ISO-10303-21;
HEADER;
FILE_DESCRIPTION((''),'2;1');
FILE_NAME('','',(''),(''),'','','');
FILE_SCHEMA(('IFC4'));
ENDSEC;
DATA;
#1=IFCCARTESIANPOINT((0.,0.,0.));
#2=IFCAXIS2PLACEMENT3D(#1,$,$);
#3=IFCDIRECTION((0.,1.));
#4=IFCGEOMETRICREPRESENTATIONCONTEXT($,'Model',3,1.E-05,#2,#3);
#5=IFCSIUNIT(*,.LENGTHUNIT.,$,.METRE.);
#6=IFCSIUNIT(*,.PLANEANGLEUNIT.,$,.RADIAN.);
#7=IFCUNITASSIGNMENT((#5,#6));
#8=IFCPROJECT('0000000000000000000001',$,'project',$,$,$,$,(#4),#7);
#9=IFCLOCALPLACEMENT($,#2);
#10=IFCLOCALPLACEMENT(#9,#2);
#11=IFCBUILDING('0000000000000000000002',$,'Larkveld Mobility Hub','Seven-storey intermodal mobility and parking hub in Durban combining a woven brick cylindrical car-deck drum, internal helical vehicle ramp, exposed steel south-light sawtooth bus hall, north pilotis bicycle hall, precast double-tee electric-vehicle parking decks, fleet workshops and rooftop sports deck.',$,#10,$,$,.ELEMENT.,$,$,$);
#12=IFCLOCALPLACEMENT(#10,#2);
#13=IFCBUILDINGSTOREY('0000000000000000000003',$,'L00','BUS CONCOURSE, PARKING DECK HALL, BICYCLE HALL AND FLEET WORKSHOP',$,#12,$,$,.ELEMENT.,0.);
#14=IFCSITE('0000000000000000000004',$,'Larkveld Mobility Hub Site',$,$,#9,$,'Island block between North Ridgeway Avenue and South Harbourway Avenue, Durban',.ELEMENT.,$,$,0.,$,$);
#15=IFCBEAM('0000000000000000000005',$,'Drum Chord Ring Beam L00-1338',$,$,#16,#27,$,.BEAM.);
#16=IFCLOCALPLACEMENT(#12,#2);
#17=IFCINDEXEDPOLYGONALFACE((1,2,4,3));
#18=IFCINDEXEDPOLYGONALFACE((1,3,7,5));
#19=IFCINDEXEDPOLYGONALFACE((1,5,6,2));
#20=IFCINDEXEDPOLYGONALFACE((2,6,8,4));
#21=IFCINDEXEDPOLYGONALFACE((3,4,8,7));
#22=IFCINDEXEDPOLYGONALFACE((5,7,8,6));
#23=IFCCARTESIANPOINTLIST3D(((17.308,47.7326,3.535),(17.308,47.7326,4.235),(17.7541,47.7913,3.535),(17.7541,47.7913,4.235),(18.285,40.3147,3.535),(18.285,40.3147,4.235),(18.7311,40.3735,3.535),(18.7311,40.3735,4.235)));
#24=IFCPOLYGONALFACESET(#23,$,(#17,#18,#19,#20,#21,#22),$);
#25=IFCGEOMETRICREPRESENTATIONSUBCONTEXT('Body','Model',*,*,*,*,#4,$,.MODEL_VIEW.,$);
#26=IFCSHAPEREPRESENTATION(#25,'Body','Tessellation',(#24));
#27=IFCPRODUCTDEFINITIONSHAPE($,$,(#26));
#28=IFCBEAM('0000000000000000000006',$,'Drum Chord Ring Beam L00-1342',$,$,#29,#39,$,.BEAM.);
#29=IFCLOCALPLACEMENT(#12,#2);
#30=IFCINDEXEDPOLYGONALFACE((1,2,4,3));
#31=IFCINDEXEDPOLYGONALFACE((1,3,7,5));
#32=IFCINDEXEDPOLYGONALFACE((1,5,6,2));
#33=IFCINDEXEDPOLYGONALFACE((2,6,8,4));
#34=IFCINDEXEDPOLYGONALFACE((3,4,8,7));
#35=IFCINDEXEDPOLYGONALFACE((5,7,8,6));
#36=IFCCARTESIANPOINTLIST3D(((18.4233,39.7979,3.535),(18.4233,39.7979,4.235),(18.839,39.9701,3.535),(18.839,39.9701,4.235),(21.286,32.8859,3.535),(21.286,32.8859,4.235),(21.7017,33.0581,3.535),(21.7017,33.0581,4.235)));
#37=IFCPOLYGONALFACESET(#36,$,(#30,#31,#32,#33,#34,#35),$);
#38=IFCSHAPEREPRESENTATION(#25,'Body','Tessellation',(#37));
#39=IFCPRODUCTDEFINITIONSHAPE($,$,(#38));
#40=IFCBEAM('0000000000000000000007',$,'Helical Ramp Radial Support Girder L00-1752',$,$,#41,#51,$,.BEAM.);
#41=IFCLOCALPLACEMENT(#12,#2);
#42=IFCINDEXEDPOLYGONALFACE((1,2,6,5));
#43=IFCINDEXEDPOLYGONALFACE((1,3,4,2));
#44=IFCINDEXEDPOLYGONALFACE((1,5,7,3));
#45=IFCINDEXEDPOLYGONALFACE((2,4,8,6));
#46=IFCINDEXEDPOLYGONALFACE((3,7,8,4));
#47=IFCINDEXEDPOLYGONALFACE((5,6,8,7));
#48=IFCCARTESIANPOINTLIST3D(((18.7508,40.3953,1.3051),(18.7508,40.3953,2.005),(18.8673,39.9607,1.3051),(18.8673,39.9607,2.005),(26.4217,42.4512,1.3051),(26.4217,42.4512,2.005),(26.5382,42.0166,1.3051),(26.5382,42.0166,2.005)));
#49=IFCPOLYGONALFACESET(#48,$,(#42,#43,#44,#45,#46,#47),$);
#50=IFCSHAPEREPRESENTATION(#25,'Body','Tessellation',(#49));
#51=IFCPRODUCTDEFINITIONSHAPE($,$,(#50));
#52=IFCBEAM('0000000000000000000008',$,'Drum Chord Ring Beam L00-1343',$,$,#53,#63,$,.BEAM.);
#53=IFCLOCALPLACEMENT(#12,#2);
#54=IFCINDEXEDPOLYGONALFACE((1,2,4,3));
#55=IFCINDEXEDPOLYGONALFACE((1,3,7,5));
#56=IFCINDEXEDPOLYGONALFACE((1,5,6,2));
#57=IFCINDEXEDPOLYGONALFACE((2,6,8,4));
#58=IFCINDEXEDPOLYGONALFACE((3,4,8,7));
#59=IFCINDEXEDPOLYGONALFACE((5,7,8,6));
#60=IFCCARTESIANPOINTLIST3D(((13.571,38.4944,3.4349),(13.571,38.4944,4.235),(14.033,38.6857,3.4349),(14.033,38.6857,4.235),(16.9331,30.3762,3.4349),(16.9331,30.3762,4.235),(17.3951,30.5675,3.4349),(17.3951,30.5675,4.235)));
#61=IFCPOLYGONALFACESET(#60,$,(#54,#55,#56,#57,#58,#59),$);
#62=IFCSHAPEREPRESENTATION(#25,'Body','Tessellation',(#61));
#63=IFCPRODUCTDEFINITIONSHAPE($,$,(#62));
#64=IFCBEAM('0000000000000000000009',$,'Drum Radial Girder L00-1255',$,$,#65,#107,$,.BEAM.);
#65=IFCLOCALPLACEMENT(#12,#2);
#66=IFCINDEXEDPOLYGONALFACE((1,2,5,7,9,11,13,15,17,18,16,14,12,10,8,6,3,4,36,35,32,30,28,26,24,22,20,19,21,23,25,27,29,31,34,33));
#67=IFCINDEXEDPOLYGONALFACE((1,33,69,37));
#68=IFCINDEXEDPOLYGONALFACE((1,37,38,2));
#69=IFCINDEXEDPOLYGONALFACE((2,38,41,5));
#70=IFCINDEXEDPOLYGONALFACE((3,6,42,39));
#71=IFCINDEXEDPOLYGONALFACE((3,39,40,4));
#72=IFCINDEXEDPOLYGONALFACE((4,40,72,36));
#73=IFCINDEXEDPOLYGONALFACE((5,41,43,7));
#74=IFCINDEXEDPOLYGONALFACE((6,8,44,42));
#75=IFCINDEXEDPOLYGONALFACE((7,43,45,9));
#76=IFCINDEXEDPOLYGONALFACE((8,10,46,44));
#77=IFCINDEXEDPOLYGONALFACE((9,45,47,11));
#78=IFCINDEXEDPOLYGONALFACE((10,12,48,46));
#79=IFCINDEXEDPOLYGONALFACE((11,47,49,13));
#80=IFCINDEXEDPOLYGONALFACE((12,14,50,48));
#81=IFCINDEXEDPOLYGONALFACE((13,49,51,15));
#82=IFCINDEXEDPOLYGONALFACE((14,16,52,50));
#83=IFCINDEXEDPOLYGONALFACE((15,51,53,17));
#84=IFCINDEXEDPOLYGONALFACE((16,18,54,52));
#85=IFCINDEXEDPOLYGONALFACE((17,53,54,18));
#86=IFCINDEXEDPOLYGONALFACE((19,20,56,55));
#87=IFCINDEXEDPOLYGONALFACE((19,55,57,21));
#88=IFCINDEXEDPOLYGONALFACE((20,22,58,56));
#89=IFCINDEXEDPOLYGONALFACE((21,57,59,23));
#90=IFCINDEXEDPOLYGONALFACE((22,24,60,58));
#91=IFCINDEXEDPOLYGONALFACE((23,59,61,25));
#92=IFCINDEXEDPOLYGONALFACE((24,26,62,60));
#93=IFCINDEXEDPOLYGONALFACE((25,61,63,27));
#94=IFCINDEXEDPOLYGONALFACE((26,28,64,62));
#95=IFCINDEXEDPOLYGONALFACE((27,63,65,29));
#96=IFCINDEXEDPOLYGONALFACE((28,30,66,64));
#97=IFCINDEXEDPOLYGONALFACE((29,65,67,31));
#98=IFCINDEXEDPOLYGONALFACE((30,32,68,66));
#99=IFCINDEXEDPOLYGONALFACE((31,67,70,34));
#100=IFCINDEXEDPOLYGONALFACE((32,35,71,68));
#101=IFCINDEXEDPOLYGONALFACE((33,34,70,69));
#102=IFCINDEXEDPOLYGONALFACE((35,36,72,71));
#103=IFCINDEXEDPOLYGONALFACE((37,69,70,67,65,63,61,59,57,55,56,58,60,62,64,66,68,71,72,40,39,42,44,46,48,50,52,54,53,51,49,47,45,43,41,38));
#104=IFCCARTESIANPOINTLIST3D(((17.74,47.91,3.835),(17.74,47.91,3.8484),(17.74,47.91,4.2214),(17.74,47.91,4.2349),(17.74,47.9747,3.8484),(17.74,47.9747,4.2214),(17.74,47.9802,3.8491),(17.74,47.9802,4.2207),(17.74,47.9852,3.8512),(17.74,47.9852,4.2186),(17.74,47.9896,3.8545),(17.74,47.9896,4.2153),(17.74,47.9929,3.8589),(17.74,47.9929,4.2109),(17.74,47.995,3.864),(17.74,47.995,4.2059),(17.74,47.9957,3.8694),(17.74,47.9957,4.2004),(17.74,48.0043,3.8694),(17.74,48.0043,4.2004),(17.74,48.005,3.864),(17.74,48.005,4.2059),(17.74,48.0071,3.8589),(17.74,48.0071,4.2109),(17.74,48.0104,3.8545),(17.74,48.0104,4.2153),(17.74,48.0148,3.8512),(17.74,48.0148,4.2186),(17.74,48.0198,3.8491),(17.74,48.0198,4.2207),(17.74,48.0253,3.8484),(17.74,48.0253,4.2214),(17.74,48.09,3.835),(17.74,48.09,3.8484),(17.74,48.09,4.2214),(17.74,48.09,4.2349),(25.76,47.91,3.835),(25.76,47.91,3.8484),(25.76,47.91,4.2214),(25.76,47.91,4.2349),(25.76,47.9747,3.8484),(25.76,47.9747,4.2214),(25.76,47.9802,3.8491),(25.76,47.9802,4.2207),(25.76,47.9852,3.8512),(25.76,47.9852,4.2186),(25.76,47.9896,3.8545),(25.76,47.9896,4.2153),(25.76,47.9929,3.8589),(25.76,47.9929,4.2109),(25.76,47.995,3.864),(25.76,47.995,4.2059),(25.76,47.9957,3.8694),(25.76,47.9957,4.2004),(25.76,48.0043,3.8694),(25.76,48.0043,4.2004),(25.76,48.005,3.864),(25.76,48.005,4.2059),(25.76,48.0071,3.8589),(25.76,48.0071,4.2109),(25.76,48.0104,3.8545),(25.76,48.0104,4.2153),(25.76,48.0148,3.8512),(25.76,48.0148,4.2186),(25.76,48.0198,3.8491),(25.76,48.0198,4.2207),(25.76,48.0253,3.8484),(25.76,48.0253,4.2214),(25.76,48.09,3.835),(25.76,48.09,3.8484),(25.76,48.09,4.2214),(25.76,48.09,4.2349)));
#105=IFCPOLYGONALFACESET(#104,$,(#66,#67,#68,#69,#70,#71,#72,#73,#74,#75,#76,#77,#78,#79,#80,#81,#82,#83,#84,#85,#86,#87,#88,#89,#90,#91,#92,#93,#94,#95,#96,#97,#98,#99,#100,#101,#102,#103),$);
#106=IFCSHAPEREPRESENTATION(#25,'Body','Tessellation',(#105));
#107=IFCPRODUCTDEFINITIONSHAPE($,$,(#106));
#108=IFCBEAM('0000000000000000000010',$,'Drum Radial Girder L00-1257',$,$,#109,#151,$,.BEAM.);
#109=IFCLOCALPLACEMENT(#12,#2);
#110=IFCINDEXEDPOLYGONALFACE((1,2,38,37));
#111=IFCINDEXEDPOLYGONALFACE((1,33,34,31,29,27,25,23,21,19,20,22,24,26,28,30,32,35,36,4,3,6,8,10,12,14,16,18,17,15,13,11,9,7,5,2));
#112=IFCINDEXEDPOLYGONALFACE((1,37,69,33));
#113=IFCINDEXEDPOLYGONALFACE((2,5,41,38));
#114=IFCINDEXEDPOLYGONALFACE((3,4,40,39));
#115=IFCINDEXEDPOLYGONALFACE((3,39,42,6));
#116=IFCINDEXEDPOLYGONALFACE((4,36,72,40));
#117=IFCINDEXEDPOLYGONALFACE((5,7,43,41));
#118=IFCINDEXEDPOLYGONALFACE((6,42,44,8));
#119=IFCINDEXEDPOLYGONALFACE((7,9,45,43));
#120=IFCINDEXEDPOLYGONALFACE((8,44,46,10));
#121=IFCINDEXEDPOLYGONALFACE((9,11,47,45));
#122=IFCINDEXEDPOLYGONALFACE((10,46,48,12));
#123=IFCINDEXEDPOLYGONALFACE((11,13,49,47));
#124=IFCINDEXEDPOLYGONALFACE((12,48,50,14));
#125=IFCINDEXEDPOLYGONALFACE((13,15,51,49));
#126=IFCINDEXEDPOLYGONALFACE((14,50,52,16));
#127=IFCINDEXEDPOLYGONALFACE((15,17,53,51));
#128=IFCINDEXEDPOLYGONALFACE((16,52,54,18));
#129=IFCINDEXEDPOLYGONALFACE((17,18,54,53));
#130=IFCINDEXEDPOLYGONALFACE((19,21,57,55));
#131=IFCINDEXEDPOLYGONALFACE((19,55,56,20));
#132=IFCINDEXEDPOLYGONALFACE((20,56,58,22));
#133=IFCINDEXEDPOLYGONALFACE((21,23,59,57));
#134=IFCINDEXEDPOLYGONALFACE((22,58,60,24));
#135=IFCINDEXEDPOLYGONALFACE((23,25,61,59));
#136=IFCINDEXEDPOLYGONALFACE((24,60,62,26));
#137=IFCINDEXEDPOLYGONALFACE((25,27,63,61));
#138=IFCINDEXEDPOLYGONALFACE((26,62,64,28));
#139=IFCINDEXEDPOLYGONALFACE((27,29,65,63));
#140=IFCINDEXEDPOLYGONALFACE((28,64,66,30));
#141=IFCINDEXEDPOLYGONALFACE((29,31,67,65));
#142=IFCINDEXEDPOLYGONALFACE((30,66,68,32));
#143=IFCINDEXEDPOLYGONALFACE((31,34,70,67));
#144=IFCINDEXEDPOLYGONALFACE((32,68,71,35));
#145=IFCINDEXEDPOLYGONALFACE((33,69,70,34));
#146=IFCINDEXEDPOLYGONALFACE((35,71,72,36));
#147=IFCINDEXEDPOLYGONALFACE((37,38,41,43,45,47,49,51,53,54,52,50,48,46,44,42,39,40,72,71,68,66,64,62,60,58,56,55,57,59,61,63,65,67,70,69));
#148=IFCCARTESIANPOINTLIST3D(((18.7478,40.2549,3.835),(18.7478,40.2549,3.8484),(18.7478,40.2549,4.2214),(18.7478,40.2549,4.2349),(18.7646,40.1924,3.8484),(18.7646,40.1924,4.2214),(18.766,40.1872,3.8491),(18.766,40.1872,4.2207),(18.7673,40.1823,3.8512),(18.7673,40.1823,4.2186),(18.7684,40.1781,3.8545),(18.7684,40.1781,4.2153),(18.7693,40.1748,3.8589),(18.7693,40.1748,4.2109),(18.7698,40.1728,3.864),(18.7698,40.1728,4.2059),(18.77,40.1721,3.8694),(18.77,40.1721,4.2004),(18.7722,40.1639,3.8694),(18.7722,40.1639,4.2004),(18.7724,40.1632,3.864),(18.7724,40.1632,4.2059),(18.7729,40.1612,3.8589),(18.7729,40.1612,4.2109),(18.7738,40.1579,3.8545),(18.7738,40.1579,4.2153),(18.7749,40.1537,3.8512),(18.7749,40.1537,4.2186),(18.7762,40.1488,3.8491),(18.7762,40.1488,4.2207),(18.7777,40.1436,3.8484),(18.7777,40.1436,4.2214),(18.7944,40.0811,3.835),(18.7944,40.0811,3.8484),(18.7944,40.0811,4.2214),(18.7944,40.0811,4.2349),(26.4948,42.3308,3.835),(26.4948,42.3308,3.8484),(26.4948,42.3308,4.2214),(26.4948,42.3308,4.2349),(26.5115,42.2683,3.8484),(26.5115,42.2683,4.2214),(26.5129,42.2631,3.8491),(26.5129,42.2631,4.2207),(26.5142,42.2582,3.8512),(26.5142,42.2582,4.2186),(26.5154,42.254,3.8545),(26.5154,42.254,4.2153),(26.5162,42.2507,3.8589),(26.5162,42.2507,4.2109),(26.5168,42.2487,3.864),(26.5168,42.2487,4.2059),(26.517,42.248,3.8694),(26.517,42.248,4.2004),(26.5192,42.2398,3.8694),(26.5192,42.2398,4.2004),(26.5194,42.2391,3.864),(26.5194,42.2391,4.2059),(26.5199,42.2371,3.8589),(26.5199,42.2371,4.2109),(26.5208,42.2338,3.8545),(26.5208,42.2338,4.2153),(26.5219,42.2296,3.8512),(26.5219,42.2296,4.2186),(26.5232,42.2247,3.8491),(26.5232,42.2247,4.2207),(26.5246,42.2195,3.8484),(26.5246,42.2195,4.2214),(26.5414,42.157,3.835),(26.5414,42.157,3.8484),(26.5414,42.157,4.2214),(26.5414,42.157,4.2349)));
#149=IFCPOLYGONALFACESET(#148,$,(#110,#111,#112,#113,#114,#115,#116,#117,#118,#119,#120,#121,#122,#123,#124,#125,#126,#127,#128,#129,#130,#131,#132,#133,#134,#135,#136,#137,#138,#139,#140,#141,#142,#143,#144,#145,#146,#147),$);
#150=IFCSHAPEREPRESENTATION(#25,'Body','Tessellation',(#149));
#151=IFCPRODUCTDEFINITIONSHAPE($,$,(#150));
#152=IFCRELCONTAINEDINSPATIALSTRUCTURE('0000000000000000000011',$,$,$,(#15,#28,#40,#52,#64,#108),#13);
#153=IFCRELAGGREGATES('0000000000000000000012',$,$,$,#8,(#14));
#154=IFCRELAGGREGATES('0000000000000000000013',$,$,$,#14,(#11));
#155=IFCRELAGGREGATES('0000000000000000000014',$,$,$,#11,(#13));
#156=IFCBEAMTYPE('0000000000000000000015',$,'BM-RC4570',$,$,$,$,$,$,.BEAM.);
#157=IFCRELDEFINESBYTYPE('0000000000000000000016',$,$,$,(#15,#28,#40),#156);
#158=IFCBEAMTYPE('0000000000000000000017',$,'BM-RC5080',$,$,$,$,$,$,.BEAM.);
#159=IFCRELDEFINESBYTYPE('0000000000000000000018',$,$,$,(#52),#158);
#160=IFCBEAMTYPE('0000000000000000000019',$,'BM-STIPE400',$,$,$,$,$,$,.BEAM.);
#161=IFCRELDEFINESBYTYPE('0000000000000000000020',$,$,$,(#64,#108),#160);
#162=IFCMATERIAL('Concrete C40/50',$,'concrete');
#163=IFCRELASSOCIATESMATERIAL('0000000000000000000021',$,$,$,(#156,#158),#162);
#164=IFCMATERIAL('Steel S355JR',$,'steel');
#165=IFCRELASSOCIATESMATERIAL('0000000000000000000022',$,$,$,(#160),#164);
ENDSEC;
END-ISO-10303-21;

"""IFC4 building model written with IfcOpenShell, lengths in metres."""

from ifc_helpers import new_model, si_unit, direction, frame, origin, origin_2d, place, context, subcontext, project, spatial, rectangle, i_section, extrude, material, material_profile, profile_set, type_object, element, save


model = new_model("IFC4")

# Units and contexts
model_context = context("Model", 3, precision=1e-05, world=origin(), true_north=direction((0.0, 1.0)))
body_context = subcontext(model_context, "Body", "Model", "MODEL_VIEW")
ifc_project = project(units=[si_unit("LENGTHUNIT", "METRE"), si_unit("PLANEANGLEUNIT", "RADIAN")], contexts=[model_context])

# Site, building, storey
site_placement = place(None, origin())
site = spatial("IfcSite", under=ifc_project, at=site_placement, Name="Larkveld Mobility Hub Site", LongName="Island block between North Ridgeway Avenue and South Harbourway Avenue, Durban", CompositionType="ELEMENT", RefElevation=0.0)
building_placement = place(site_placement, origin())
building = spatial("IfcBuilding", under=site, at=building_placement, Name="Larkveld Mobility Hub", Description="Seven-storey intermodal mobility and parking hub in Durban combining a woven brick cylindrical car-deck drum, internal helical vehicle ramp, exposed steel south-light sawtooth bus hall, north pilotis bicycle hall, precast double-tee electric-vehicle parking decks, fleet workshops and rooftop sports deck.", CompositionType="ELEMENT")
storey_placement = place(building_placement, origin())
storey = spatial("IfcBuildingStorey", under=building, at=storey_placement, Name="L00", Description="BUS CONCOURSE, PARKING DECK HALL, BICYCLE HALL AND FLEET WORKSHOP", CompositionType="ELEMENT", Elevation=0.0)

# Shared definitions
ifc_material_1 = material(Name="Concrete C40/50", Category="concrete")

# Beams
ifc_material_profile_1 = material_profile(ifc_material_1, rectangle(XDim=0.45, YDim=0.7, at=origin_2d()), Name="RC BM 450x700")
ifc_profile_set_1 = profile_set([ifc_material_profile_1], Name="Concrete C40/50")
beam_type_1 = type_object("IfcBeamType", Name="BM-RC4570", PredefinedType="BEAM", material=ifc_profile_set_1)
beam_1_placement = place(storey_placement, frame((17.531, 47.762, 3.885), z_axis=(0.130586, -0.991437, 0.0), x_axis=(0.991437, 0.130586, 0.0)))
element("IfcBeam", 1, at=beam_1_placement, inside=storey, type_object=beam_type_1, Name="Drum Chord Ring Beam L00-1338", PredefinedType="BEAM", context=body_context, shape_type="SweptSolid", body=[
    extrude(rectangle(XDim=0.45, YDim=0.7, at=origin_2d()), origin(), (0.0, 0.0, 1.0), 7.4819),
])
beam_2_placement = place(storey_placement, frame((18.6311, 39.884, 3.885), z_axis=(0.38265, -0.923894, 0.0), x_axis=(0.923894, 0.38265, 0.0)))
element("IfcBeam", 2, at=beam_2_placement, inside=storey, type_object=beam_type_1, Name="Drum Chord Ring Beam L00-1342", PredefinedType="BEAM", context=body_context, shape_type="SweptSolid", body=[
    extrude(rectangle(XDim=0.45, YDim=0.7, at=origin_2d()), origin(), (0.0, 0.0, 1.0), 7.4814),
])
beam_3_placement = place(storey_placement, frame((26.48, 42.2339, 1.655), z_axis=(-0.96591, -0.258877, 0.0), x_axis=(0.258877, -0.96591, 0.0)))
element("IfcBeam", 3, at=beam_3_placement, inside=storey, type_object=beam_type_1, Name="Helical Ramp Radial Support Girder L00-1752", PredefinedType="BEAM", context=body_context, shape_type="SweptSolid", body=[
    extrude(rectangle(XDim=0.45, YDim=0.7, at=origin_2d()), origin(), (0.0, 0.0, 1.0), 7.9417),
])
ifc_material_profile_2 = material_profile(ifc_material_1, rectangle(XDim=0.5, YDim=0.8, at=origin_2d()), Name="RC BM 500x800")
ifc_profile_set_2 = profile_set([ifc_material_profile_2], Name="Concrete C40/50")
beam_type_2 = type_object("IfcBeamType", Name="BM-RC5080", PredefinedType="BEAM", material=ifc_profile_set_2)
beam_4_placement = place(storey_placement, frame((13.802, 38.5901, 3.835), z_axis=(0.382626, -0.923903, 0.0), x_axis=(0.923903, 0.382626, 0.0)))
element("IfcBeam", 4, at=beam_4_placement, inside=storey, type_object=beam_type_2, Name="Drum Chord Ring Beam L00-1343", PredefinedType="BEAM", context=body_context, shape_type="SweptSolid", body=[
    extrude(rectangle(XDim=0.5, YDim=0.8, at=origin_2d()), origin(), (0.0, 0.0, 1.0), 8.7869),
])
ifc_material_2 = material(Name="Steel S355JR", Category="steel")
ifc_material_profile_3 = material_profile(ifc_material_2, i_section(OverallWidth=0.1799, OverallDepth=0.3999, WebThickness=0.0085, FlangeThickness=0.0134, FilletRadius=0.021, at=origin_2d()), Name="IPE 400")
ifc_profile_set_3 = profile_set([ifc_material_profile_3], Name="Steel S355JR")
beam_type_3 = type_object("IfcBeamType", Name="BM-STIPE400", PredefinedType="BEAM", material=ifc_profile_set_3)
beam_5_placement = place(storey_placement, frame((25.76, 48.0, 4.0349), z_axis=(-1.0, 0.0, 0.0), x_axis=(0.0, -1.0, 0.0)))
element("IfcBeam", 5, at=beam_5_placement, inside=storey, type_object=beam_type_3, Name="Drum Radial Girder L00-1255", PredefinedType="BEAM", context=body_context, shape_type="SweptSolid", body=[
    extrude(i_section(OverallWidth=0.1799, OverallDepth=0.3999, WebThickness=0.0085, FlangeThickness=0.0134, FilletRadius=0.021, at=origin_2d()), origin(), (0.0, 0.0, 1.0), 8.02),
])
beam_6_placement = place(storey_placement, frame((26.5181, 42.2439, 4.0349), z_axis=(-0.965923, -0.258831, 0.0), x_axis=(0.258831, -0.965923, 0.0)))
element("IfcBeam", 6, at=beam_6_placement, inside=storey, type_object=beam_type_3, Name="Drum Radial Girder L00-1257", PredefinedType="BEAM", context=body_context, shape_type="SweptSolid", body=[
    extrude(i_section(OverallWidth=0.1799, OverallDepth=0.3999, WebThickness=0.0085, FlangeThickness=0.0134, FilletRadius=0.021, at=origin_2d()), origin(), (0.0, 0.0, 1.0), 8.0203),
])

save(model, "model.ifc")
